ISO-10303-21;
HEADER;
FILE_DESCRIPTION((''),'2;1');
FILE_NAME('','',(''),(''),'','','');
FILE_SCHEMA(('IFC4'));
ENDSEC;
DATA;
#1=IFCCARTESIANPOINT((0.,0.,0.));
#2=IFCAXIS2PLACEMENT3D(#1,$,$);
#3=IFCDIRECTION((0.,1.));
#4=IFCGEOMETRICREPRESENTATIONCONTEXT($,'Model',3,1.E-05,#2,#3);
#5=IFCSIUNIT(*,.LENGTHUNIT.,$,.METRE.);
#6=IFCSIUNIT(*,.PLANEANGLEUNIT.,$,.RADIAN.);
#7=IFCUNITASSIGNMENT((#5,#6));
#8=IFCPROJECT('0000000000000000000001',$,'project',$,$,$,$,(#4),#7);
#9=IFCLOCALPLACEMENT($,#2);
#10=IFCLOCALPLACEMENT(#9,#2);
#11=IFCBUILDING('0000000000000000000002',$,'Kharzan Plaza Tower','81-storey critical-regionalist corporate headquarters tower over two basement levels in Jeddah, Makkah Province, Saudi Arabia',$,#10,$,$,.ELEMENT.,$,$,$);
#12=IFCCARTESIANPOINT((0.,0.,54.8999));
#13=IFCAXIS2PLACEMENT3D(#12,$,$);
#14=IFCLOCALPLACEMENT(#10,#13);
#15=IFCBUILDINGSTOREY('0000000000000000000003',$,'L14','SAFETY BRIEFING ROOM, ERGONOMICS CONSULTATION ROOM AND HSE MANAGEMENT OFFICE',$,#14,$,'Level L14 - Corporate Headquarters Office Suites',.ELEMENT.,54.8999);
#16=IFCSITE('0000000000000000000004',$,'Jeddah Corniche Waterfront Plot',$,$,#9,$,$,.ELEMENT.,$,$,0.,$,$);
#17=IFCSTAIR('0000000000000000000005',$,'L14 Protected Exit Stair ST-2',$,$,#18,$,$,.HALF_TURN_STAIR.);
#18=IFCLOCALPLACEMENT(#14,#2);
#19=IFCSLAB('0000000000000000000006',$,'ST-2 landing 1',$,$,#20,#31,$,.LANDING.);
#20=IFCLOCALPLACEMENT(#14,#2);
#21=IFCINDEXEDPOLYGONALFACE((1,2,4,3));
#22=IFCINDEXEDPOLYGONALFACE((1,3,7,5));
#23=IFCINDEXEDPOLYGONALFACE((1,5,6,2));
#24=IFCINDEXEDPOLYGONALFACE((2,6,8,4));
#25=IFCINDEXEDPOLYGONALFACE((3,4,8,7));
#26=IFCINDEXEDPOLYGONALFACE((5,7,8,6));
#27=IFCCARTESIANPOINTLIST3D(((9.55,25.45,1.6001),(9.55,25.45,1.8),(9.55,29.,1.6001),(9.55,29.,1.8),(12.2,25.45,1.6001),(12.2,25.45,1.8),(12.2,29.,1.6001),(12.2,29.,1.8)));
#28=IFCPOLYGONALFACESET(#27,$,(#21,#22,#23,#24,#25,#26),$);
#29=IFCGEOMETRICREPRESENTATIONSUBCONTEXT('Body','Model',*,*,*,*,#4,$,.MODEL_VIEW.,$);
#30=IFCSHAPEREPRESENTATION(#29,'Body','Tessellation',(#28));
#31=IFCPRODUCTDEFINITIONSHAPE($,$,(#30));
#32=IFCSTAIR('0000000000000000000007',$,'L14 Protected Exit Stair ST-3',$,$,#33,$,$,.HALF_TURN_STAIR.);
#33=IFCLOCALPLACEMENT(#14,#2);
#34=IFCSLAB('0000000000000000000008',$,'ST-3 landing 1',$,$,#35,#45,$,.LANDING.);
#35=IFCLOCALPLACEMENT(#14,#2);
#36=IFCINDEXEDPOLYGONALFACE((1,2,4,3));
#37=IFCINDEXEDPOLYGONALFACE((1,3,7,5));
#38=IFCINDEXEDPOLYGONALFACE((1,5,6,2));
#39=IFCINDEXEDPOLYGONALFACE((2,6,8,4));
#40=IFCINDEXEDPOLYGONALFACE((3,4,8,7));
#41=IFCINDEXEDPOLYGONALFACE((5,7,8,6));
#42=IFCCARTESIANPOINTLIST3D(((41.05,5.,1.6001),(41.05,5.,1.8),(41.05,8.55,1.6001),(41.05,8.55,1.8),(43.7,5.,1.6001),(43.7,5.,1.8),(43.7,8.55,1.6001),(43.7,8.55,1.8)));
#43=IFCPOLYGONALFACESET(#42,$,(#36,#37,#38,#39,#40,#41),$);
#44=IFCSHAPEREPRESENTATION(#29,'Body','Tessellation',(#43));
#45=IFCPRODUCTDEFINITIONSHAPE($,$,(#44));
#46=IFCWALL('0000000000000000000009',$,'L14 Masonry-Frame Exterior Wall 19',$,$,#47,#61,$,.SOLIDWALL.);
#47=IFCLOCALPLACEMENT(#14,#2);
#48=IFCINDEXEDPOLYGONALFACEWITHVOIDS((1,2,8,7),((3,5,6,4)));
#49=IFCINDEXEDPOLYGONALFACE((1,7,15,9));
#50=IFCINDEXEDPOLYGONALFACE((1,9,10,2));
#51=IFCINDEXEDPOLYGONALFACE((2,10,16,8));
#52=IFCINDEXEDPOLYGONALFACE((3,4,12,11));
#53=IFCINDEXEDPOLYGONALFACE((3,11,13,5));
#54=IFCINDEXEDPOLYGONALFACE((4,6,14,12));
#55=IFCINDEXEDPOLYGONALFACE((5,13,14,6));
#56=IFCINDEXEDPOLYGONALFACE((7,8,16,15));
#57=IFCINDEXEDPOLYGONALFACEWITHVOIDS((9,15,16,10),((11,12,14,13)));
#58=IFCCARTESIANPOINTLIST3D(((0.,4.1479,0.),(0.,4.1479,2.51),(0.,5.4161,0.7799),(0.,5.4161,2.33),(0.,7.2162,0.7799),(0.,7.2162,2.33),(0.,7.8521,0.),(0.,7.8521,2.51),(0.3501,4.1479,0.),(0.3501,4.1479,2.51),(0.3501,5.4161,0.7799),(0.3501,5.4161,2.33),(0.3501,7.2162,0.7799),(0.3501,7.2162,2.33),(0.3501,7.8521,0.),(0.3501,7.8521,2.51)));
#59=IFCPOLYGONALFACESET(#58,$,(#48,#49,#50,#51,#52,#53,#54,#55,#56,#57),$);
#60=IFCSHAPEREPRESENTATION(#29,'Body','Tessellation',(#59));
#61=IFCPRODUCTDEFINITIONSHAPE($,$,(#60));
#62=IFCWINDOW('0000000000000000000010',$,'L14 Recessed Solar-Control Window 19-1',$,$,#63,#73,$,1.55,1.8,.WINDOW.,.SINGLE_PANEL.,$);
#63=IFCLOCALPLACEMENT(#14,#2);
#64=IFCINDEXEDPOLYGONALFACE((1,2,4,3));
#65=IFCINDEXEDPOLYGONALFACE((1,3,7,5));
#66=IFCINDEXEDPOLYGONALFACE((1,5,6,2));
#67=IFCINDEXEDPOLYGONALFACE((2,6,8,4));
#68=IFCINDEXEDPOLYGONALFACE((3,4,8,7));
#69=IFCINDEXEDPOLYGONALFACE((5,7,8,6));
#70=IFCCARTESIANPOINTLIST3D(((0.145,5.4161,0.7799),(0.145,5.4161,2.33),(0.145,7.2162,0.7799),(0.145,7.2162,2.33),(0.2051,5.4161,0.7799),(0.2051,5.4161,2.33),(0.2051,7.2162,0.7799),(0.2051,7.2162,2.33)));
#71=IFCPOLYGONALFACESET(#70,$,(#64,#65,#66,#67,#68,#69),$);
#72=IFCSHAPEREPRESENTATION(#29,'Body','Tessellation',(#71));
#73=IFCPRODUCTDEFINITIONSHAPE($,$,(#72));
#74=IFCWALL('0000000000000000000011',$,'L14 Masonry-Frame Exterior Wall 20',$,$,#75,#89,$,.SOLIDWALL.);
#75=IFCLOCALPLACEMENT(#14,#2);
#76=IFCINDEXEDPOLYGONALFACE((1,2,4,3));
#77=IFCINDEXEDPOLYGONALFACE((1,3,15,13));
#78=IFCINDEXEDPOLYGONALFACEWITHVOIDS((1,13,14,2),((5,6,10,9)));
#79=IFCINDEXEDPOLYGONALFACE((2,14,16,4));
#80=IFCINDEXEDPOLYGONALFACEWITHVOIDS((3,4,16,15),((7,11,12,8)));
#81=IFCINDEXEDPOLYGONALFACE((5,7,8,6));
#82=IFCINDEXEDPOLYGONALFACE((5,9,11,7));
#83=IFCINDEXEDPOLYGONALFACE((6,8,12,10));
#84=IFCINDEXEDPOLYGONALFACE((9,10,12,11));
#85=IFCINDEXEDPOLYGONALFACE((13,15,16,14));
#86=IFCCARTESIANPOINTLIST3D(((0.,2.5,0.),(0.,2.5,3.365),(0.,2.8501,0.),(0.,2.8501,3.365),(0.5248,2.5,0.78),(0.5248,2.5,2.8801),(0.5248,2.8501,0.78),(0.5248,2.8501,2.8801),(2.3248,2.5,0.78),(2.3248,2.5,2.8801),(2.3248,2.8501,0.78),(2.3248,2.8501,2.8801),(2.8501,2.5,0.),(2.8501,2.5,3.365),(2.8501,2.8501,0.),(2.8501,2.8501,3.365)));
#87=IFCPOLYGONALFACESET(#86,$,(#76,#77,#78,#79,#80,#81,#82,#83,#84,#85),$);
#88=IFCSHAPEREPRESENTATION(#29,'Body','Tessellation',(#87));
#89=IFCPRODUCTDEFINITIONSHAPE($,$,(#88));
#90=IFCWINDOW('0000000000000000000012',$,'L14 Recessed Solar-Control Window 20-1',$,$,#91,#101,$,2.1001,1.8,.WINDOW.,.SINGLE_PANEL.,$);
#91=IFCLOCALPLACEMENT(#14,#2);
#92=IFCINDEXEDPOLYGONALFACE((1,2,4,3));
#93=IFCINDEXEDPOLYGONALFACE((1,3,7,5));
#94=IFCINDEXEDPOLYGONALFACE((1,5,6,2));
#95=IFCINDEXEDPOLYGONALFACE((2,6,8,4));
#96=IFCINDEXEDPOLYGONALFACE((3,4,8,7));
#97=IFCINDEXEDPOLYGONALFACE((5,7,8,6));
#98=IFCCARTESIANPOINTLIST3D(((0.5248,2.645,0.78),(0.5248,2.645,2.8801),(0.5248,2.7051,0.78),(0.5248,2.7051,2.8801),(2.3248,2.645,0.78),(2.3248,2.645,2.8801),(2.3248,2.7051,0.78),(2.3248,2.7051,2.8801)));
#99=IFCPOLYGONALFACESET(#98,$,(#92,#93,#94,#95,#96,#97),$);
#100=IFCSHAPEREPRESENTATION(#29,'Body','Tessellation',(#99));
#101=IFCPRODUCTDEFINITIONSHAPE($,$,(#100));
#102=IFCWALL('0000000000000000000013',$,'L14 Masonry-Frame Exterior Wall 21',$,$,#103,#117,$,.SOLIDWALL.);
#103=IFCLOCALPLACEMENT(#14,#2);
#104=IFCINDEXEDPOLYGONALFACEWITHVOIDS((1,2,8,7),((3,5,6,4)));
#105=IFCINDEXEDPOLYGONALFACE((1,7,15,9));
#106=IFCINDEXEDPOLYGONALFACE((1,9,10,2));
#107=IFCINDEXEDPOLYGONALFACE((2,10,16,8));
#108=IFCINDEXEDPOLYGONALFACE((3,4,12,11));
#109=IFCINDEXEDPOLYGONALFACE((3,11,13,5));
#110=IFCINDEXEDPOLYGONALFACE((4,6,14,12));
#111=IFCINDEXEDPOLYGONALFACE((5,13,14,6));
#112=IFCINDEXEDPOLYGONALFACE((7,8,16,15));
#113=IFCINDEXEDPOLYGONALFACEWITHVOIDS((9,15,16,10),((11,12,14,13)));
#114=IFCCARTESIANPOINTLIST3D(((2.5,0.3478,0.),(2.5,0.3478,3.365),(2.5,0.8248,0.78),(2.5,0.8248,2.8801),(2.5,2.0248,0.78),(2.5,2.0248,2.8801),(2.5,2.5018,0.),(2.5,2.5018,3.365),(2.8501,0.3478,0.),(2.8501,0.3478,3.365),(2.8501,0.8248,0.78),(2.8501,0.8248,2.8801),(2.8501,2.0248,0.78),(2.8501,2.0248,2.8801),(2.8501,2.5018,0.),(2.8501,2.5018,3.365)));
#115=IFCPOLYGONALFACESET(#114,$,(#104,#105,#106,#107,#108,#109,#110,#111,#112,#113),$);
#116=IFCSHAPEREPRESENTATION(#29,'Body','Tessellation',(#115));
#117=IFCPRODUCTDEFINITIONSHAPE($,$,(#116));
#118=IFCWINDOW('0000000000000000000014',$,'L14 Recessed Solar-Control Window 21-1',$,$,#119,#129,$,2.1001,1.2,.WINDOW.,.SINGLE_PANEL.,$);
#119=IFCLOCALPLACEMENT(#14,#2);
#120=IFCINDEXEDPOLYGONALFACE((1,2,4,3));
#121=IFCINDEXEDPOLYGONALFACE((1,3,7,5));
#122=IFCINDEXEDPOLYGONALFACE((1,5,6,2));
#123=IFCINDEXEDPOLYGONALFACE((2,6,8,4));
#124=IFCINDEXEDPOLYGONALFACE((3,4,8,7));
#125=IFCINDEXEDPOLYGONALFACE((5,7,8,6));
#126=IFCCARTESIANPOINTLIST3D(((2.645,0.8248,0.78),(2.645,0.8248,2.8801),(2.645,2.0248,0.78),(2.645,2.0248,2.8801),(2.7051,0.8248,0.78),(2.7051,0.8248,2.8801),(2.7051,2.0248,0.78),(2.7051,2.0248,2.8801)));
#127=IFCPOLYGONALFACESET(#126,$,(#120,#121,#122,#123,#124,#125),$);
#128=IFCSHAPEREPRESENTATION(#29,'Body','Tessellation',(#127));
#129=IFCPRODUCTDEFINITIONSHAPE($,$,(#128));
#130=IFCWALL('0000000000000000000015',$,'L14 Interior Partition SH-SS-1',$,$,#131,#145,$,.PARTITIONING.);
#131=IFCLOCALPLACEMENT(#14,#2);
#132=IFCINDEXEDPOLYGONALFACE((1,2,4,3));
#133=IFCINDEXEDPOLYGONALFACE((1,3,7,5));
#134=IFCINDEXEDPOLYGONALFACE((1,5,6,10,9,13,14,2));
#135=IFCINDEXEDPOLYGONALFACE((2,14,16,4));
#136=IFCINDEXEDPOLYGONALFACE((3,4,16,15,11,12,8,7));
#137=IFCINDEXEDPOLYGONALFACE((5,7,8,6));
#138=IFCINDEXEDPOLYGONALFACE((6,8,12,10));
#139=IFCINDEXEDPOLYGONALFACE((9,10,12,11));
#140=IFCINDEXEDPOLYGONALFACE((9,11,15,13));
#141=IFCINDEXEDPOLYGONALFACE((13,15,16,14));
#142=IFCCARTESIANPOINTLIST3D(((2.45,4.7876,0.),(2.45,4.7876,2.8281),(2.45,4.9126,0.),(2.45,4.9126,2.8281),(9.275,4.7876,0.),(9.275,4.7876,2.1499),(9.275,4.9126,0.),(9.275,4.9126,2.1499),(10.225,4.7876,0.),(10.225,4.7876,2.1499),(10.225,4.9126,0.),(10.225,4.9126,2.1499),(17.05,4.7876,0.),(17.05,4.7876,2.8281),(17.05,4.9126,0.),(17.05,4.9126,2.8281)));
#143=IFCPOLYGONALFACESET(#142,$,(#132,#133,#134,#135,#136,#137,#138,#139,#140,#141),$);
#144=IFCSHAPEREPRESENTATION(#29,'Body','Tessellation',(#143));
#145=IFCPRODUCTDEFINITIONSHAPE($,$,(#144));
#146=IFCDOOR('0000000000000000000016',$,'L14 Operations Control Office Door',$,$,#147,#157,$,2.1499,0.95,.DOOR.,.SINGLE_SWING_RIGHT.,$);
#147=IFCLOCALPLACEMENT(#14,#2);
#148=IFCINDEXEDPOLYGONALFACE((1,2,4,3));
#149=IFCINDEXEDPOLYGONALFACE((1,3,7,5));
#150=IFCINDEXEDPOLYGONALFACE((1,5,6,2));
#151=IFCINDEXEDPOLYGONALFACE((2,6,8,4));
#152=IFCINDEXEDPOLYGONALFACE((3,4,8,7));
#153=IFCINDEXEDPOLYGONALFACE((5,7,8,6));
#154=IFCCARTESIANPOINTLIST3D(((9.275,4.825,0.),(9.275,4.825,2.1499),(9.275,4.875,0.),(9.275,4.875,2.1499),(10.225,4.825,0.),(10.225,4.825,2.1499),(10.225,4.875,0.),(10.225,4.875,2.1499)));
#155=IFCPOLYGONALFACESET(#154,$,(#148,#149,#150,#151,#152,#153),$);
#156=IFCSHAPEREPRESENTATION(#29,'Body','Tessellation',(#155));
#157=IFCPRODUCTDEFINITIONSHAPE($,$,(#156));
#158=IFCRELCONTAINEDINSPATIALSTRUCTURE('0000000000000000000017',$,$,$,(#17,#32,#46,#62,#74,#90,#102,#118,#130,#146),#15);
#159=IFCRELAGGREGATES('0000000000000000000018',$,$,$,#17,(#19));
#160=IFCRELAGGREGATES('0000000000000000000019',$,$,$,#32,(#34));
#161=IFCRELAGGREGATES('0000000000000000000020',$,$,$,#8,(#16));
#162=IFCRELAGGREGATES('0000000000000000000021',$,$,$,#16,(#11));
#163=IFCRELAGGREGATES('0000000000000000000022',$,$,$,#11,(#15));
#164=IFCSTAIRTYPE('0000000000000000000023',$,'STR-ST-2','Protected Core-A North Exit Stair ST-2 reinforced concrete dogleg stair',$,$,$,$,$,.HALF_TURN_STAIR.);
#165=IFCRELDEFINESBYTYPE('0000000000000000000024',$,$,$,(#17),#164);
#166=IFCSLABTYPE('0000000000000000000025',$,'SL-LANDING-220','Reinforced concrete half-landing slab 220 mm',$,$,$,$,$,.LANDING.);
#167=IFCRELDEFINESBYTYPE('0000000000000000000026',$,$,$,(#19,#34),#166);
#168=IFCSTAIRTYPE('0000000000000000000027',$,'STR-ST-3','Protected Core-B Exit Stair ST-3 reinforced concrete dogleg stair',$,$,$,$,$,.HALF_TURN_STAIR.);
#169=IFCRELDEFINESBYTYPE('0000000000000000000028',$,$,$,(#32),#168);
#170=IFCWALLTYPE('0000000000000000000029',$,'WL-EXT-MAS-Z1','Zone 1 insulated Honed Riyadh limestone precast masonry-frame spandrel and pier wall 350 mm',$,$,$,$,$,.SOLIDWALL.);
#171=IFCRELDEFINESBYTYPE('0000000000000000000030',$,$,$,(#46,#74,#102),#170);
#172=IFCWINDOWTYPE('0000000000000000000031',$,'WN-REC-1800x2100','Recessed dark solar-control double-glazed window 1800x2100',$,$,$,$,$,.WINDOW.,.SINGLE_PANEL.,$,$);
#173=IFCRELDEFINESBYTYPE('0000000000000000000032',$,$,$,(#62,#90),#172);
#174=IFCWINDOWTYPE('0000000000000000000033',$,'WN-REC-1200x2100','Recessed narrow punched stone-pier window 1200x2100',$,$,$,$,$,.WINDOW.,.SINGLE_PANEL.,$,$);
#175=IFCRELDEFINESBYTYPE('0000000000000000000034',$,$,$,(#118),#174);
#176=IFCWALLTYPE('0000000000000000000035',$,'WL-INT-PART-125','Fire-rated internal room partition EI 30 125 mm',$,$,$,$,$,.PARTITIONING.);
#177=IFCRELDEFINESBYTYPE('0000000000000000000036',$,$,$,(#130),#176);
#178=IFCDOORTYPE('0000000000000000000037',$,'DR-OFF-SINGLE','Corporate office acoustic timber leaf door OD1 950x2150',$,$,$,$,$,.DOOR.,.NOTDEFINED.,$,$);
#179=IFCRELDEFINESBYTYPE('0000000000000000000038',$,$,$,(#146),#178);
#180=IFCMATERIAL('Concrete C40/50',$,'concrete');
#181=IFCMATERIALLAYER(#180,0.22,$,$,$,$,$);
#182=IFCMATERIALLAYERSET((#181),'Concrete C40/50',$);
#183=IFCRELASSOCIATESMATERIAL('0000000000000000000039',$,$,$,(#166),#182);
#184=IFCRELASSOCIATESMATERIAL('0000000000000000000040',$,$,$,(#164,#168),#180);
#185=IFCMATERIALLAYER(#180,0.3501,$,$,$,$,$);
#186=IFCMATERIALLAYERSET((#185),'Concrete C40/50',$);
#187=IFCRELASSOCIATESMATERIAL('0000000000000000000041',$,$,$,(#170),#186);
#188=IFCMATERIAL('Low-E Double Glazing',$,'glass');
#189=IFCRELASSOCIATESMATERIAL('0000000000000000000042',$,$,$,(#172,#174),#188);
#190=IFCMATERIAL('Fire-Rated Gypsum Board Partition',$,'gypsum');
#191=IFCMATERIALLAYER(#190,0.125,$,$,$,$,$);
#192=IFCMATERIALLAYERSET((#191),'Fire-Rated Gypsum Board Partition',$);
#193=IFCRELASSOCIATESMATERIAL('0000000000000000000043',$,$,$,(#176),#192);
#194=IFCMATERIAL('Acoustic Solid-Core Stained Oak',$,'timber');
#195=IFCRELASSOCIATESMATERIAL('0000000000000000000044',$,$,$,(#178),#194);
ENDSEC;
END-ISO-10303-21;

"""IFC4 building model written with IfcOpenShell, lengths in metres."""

from ifc_helpers import new_model, si_unit, direction, frame, frame_2d, origin, place, context, subcontext, project, spatial, polyline, rectangle, outline, extrude, source, transform, mapped, material, layer, layer_set, type_object, element, fill, aggregate, save


model = new_model("IFC4")

# Units and contexts
model_context = context("Model", 3, precision=1e-05, world=origin(), true_north=direction((0.0, 1.0)))
body_context = subcontext(model_context, "Body", "Model", "MODEL_VIEW")
ifc_project = project(units=[si_unit("LENGTHUNIT", "METRE"), si_unit("PLANEANGLEUNIT", "RADIAN")], contexts=[model_context])

# Site, building, storey
site_placement = place(None, origin())
site = spatial("IfcSite", under=ifc_project, at=site_placement, Name="Jeddah Corniche Waterfront Plot", CompositionType="ELEMENT", RefElevation=0.0)
building_placement = place(site_placement, origin())
building = spatial("IfcBuilding", under=site, at=building_placement, Name="Kharzan Plaza Tower", Description="81-storey critical-regionalist corporate headquarters tower over two basement levels in Jeddah, Makkah Province, Saudi Arabia", CompositionType="ELEMENT")
storey_placement = place(building_placement, frame((0.0, 0.0, 54.8999)))
storey = spatial("IfcBuildingStorey", under=building, at=storey_placement, Name="L14", Description="SAFETY BRIEFING ROOM, ERGONOMICS CONSULTATION ROOM AND HSE MANAGEMENT OFFICE", LongName="Level L14 - Corporate Headquarters Office Suites", CompositionType="ELEMENT", Elevation=54.8999)

# Shared definitions
ifc_material_1 = material(Name="Concrete C40/50", Category="concrete")

# Stairs, slabs
ifc_layer_1 = layer(ifc_material_1, 0.22)
ifc_layer_set_1 = layer_set([ifc_layer_1], Name="Concrete C40/50")
slab_type_1 = type_object("IfcSlabType", Name="SL-LANDING-220", Description="Reinforced concrete half-landing slab 220 mm", PredefinedType="LANDING", material=ifc_layer_set_1)
stair_type_1 = type_object("IfcStairType", Name="STR-ST-2", Description="Protected Core-A North Exit Stair ST-2 reinforced concrete dogleg stair", PredefinedType="HALF_TURN_STAIR", material=ifc_material_1)
stair_1_placement = place(storey_placement, origin())
stair_1 = element("IfcStair", 1, at=stair_1_placement, inside=storey, type_object=stair_type_1, Name="L14 Protected Exit Stair ST-2", PredefinedType="HALF_TURN_STAIR")
slab_1_placement = place(storey_placement, frame((0.0, 0.0, 1.6001)))
slab_1 = element("IfcSlab", 2, at=slab_1_placement, type_object=slab_type_1, Name="ST-2 landing 1", PredefinedType="LANDING", context=body_context, shape_type="SweptSolid", body=[
    extrude(outline(polyline([(9.55, 25.45), (12.2, 25.45), (12.2, 29.0), (9.55, 29.0), (9.55, 25.45)])), origin(), (0.0, 0.0, 1.0), 0.2),
])
aggregate(stair_1, [slab_1])
stair_type_2 = type_object("IfcStairType", Name="STR-ST-3", Description="Protected Core-B Exit Stair ST-3 reinforced concrete dogleg stair", PredefinedType="HALF_TURN_STAIR", material=ifc_material_1)
stair_2_placement = place(storey_placement, origin())
stair_2 = element("IfcStair", 3, at=stair_2_placement, inside=storey, type_object=stair_type_2, Name="L14 Protected Exit Stair ST-3", PredefinedType="HALF_TURN_STAIR")
slab_2_placement = place(storey_placement, frame((0.0, 0.0, 1.6001)))
slab_2 = element("IfcSlab", 4, at=slab_2_placement, type_object=slab_type_1, Name="ST-3 landing 1", PredefinedType="LANDING", context=body_context, shape_type="SweptSolid", body=[
    extrude(outline(polyline([(41.05, 5.0), (43.7, 5.0), (43.7, 8.55), (41.05, 8.55), (41.05, 5.0)])), origin(), (0.0, 0.0, 1.0), 0.2),
])
aggregate(stair_2, [slab_2])

# Walls, openings, windows
ifc_layer_2 = layer(ifc_material_1, 0.3501)
ifc_layer_set_2 = layer_set([ifc_layer_2], Name="Concrete C40/50")
wall_type_1 = type_object("IfcWallType", Name="WL-EXT-MAS-Z1", Description="Zone 1 insulated Honed Riyadh limestone precast masonry-frame spandrel and pier wall 350 mm", PredefinedType="SOLIDWALL", material=ifc_layer_set_2)
wall_1_placement = place(storey_placement, frame((0.175, 7.8521, 0.0), z_axis=(0.0, 0.0, 1.0), x_axis=(0.0, -1.0, 0.0)))
wall_1 = element("IfcWall", 5, at=wall_1_placement, inside=storey, type_object=wall_type_1, Name="L14 Masonry-Frame Exterior Wall 19", PredefinedType="SOLIDWALL", context=body_context, shape_type="SweptSolid", body=[
    extrude(rectangle(XDim=3.7041, YDim=0.3501, at=frame_2d((1.8521, 0.0))), origin(), (0.0, 0.0, 1.0), 2.51),
])
opening_1_placement = place(wall_1_placement, frame((0.636, 0.0, 0.78)))
opening_1 = element("IfcOpeningElement", 6, at=opening_1_placement, cuts=wall_1, PredefinedType="OPENING", context=body_context, shape_type="SweptSolid", body=[
    extrude(rectangle(XDim=1.8, YDim=1.55, at=frame_2d((0.8999, 0.7749))), frame((0.0, 0.1851, 0.0), z_axis=(0.0, -1.0, 0.0), x_axis=(1.0, 0.0, 0.0)), (0.0, 0.0, 1.0), 0.3701),
])
ifc_material_2 = material(Name="Low-E Double Glazing", Category="glass")
window_type_1 = type_object("IfcWindowType", Name="WN-REC-1800x2100", Description="Recessed dark solar-control double-glazed window 1800x2100", PartitioningType="SINGLE_PANEL", PredefinedType="WINDOW", material=ifc_material_2)
shared_shape_1 = source(origin(), body_context, "Body", "SweptSolid", [
    extrude(rectangle(XDim=1.8, YDim=1.55, at=frame_2d((0.8999, 0.7749))), frame((0.0, 0.03, 0.0), z_axis=(0.0, -1.0, 0.0), x_axis=(1.0, 0.0, 0.0)), (0.0, 0.0, 1.0), 0.0601),
])
window_1_placement = place(opening_1_placement, origin())
window_1 = element("IfcWindow", 7, at=window_1_placement, inside=storey, type_object=window_type_1, Name="L14 Recessed Solar-Control Window 19-1", OverallHeight=1.55, OverallWidth=1.8, PartitioningType="SINGLE_PANEL", PredefinedType="WINDOW", context=body_context, shape_type="MappedRepresentation", body=[
    mapped(shared_shape_1, transform((0.0, 0.0, 0.0), x_axis=(1.0, 0.0, 0.0), y_axis=(0.0, 1.0, 0.0), z_axis=(0.0, 0.0, 1.0))),
])
fill(opening_1, window_1)
wall_2_placement = place(storey_placement, frame((0.0, 2.675, 0.0), z_axis=(0.0, 0.0, 1.0), x_axis=(1.0, 0.0, 0.0)))
wall_2 = element("IfcWall", 8, at=wall_2_placement, inside=storey, type_object=wall_type_1, Name="L14 Masonry-Frame Exterior Wall 20", PredefinedType="SOLIDWALL", context=body_context, shape_type="SweptSolid", body=[
    extrude(rectangle(XDim=2.8501, YDim=0.3501, at=frame_2d((1.425, 0.0))), origin(), (0.0, 0.0, 1.0), 3.365),
])
opening_2_placement = place(wall_2_placement, frame((0.5249, 0.0, 0.78)))
opening_2 = element("IfcOpeningElement", 9, at=opening_2_placement, cuts=wall_2, PredefinedType="OPENING", context=body_context, shape_type="SweptSolid", body=[
    extrude(rectangle(XDim=1.8, YDim=2.1001, at=frame_2d((0.8999, 1.05))), frame((0.0, 0.1851, 0.0), z_axis=(0.0, -1.0, 0.0), x_axis=(1.0, 0.0, 0.0)), (0.0, 0.0, 1.0), 0.3701),
])
shared_shape_2 = source(origin(), body_context, "Body", "SweptSolid", [
    extrude(rectangle(XDim=1.8, YDim=2.1001, at=frame_2d((0.8999, 1.05))), frame((0.0, 0.03, 0.0), z_axis=(0.0, -1.0, 0.0), x_axis=(1.0, 0.0, 0.0)), (0.0, 0.0, 1.0), 0.0601),
])
window_2_placement = place(opening_2_placement, origin())
window_2 = element("IfcWindow", 10, at=window_2_placement, inside=storey, type_object=window_type_1, Name="L14 Recessed Solar-Control Window 20-1", OverallHeight=2.1001, OverallWidth=1.8, PartitioningType="SINGLE_PANEL", PredefinedType="WINDOW", context=body_context, shape_type="MappedRepresentation", body=[
    mapped(shared_shape_2, transform((0.0, 0.0, 0.0), x_axis=(1.0, 0.0, 0.0), y_axis=(0.0, 1.0, 0.0), z_axis=(0.0, 0.0, 1.0))),
])
fill(opening_2, window_2)
wall_3_placement = place(storey_placement, frame((2.675, 2.502, 0.0), z_axis=(0.0, 0.0, 1.0), x_axis=(0.0, -1.0, 0.0)))
wall_3 = element("IfcWall", 11, at=wall_3_placement, inside=storey, type_object=wall_type_1, Name="L14 Masonry-Frame Exterior Wall 21", PredefinedType="SOLIDWALL", context=body_context, shape_type="SweptSolid", body=[
    extrude(rectangle(XDim=2.1541, YDim=0.3501, at=frame_2d((1.0771, 0.0))), origin(), (0.0, 0.0, 1.0), 3.365),
])
opening_3_placement = place(wall_3_placement, frame((0.4771, 0.0, 0.78)))
opening_3 = element("IfcOpeningElement", 12, at=opening_3_placement, cuts=wall_3, PredefinedType="OPENING", context=body_context, shape_type="SweptSolid", body=[
    extrude(rectangle(XDim=1.2, YDim=2.1001, at=frame_2d((0.6001, 1.05))), frame((0.0, 0.1851, 0.0), z_axis=(0.0, -1.0, 0.0), x_axis=(1.0, 0.0, 0.0)), (0.0, 0.0, 1.0), 0.3701),
])
window_type_2 = type_object("IfcWindowType", Name="WN-REC-1200x2100", Description="Recessed narrow punched stone-pier window 1200x2100", PartitioningType="SINGLE_PANEL", PredefinedType="WINDOW", material=ifc_material_2)
shared_shape_3 = source(origin(), body_context, "Body", "SweptSolid", [
    extrude(rectangle(XDim=1.2, YDim=2.1001, at=frame_2d((0.6001, 1.05))), frame((0.0, 0.03, 0.0), z_axis=(0.0, -1.0, 0.0), x_axis=(1.0, 0.0, 0.0)), (0.0, 0.0, 1.0), 0.0601),
])
window_3_placement = place(opening_3_placement, origin())
window_3 = element("IfcWindow", 13, at=window_3_placement, inside=storey, type_object=window_type_2, Name="L14 Recessed Solar-Control Window 21-1", OverallHeight=2.1001, OverallWidth=1.2, PartitioningType="SINGLE_PANEL", PredefinedType="WINDOW", context=body_context, shape_type="MappedRepresentation", body=[
    mapped(shared_shape_3, transform((0.0, 0.0, 0.0), x_axis=(1.0, 0.0, 0.0), y_axis=(0.0, 1.0, 0.0), z_axis=(0.0, 0.0, 1.0))),
])
fill(opening_3, window_3)

# Wall, opening, door
ifc_material_3 = material(Name="Fire-Rated Gypsum Board Partition", Category="gypsum")
ifc_layer_3 = layer(ifc_material_3, 0.125)
ifc_layer_set_3 = layer_set([ifc_layer_3], Name="Fire-Rated Gypsum Board Partition")
wall_type_2 = type_object("IfcWallType", Name="WL-INT-PART-125", Description="Fire-rated internal room partition EI 30 125 mm", PredefinedType="PARTITIONING", material=ifc_layer_set_3)
ifc_material_4 = material(Name="Acoustic Solid-Core Stained Oak", Category="timber")
door_type = type_object("IfcDoorType", Name="DR-OFF-SINGLE", Description="Corporate office acoustic timber leaf door OD1 950x2150", OperationType="NOTDEFINED", PredefinedType="DOOR", material=ifc_material_4)
shared_shape_4 = source(origin(), body_context, "Body", "SweptSolid", [
    extrude(rectangle(XDim=0.95, YDim=2.1499, at=frame_2d((0.4751, 1.075))), frame((0.0, 0.0249, 0.0), z_axis=(0.0, -1.0, 0.0), x_axis=(1.0, 0.0, 0.0)), (0.0, 0.0, 1.0), 0.05),
])
wall_4_placement = place(storey_placement, frame((2.45, 4.8501, 0.0), z_axis=(0.0, 0.0, 1.0), x_axis=(1.0, 0.0, 0.0)))
wall_4 = element("IfcWall", 14, at=wall_4_placement, inside=storey, type_object=wall_type_2, Name="L14 Interior Partition SH-SS-1", PredefinedType="PARTITIONING", context=body_context, shape_type="SweptSolid", body=[
    extrude(rectangle(XDim=14.6001, YDim=0.125, at=frame_2d((7.3, 0.0))), origin(), (0.0, 0.0, 1.0), 2.8281),
])
opening_4_placement = place(wall_4_placement, frame((6.825, 0.0, 0.0)))
opening_4 = element("IfcOpeningElement", 15, at=opening_4_placement, cuts=wall_4, PredefinedType="OPENING", context=body_context, shape_type="SweptSolid", body=[
    extrude(rectangle(XDim=0.95, YDim=2.1499, at=frame_2d((0.4751, 1.075))), frame((0.0, 0.0725, 0.0), z_axis=(0.0, -1.0, 0.0), x_axis=(1.0, 0.0, 0.0)), (0.0, 0.0, 1.0), 0.145),
])
door_1_placement = place(opening_4_placement, origin())
door_1 = element("IfcDoor", 16, at=door_1_placement, inside=storey, type_object=door_type, Name="L14 Operations Control Office Door", OperationType="SINGLE_SWING_RIGHT", OverallHeight=2.1499, OverallWidth=0.95, PredefinedType="DOOR", context=body_context, shape_type="MappedRepresentation", body=[
    mapped(shared_shape_4, transform((0.0, 0.0, 0.0), x_axis=(1.0, 0.0, 0.0), y_axis=(0.0, 1.0, 0.0), z_axis=(0.0, 0.0, 1.0))),
])
fill(opening_4, door_1)

save(model, "model.ifc")
